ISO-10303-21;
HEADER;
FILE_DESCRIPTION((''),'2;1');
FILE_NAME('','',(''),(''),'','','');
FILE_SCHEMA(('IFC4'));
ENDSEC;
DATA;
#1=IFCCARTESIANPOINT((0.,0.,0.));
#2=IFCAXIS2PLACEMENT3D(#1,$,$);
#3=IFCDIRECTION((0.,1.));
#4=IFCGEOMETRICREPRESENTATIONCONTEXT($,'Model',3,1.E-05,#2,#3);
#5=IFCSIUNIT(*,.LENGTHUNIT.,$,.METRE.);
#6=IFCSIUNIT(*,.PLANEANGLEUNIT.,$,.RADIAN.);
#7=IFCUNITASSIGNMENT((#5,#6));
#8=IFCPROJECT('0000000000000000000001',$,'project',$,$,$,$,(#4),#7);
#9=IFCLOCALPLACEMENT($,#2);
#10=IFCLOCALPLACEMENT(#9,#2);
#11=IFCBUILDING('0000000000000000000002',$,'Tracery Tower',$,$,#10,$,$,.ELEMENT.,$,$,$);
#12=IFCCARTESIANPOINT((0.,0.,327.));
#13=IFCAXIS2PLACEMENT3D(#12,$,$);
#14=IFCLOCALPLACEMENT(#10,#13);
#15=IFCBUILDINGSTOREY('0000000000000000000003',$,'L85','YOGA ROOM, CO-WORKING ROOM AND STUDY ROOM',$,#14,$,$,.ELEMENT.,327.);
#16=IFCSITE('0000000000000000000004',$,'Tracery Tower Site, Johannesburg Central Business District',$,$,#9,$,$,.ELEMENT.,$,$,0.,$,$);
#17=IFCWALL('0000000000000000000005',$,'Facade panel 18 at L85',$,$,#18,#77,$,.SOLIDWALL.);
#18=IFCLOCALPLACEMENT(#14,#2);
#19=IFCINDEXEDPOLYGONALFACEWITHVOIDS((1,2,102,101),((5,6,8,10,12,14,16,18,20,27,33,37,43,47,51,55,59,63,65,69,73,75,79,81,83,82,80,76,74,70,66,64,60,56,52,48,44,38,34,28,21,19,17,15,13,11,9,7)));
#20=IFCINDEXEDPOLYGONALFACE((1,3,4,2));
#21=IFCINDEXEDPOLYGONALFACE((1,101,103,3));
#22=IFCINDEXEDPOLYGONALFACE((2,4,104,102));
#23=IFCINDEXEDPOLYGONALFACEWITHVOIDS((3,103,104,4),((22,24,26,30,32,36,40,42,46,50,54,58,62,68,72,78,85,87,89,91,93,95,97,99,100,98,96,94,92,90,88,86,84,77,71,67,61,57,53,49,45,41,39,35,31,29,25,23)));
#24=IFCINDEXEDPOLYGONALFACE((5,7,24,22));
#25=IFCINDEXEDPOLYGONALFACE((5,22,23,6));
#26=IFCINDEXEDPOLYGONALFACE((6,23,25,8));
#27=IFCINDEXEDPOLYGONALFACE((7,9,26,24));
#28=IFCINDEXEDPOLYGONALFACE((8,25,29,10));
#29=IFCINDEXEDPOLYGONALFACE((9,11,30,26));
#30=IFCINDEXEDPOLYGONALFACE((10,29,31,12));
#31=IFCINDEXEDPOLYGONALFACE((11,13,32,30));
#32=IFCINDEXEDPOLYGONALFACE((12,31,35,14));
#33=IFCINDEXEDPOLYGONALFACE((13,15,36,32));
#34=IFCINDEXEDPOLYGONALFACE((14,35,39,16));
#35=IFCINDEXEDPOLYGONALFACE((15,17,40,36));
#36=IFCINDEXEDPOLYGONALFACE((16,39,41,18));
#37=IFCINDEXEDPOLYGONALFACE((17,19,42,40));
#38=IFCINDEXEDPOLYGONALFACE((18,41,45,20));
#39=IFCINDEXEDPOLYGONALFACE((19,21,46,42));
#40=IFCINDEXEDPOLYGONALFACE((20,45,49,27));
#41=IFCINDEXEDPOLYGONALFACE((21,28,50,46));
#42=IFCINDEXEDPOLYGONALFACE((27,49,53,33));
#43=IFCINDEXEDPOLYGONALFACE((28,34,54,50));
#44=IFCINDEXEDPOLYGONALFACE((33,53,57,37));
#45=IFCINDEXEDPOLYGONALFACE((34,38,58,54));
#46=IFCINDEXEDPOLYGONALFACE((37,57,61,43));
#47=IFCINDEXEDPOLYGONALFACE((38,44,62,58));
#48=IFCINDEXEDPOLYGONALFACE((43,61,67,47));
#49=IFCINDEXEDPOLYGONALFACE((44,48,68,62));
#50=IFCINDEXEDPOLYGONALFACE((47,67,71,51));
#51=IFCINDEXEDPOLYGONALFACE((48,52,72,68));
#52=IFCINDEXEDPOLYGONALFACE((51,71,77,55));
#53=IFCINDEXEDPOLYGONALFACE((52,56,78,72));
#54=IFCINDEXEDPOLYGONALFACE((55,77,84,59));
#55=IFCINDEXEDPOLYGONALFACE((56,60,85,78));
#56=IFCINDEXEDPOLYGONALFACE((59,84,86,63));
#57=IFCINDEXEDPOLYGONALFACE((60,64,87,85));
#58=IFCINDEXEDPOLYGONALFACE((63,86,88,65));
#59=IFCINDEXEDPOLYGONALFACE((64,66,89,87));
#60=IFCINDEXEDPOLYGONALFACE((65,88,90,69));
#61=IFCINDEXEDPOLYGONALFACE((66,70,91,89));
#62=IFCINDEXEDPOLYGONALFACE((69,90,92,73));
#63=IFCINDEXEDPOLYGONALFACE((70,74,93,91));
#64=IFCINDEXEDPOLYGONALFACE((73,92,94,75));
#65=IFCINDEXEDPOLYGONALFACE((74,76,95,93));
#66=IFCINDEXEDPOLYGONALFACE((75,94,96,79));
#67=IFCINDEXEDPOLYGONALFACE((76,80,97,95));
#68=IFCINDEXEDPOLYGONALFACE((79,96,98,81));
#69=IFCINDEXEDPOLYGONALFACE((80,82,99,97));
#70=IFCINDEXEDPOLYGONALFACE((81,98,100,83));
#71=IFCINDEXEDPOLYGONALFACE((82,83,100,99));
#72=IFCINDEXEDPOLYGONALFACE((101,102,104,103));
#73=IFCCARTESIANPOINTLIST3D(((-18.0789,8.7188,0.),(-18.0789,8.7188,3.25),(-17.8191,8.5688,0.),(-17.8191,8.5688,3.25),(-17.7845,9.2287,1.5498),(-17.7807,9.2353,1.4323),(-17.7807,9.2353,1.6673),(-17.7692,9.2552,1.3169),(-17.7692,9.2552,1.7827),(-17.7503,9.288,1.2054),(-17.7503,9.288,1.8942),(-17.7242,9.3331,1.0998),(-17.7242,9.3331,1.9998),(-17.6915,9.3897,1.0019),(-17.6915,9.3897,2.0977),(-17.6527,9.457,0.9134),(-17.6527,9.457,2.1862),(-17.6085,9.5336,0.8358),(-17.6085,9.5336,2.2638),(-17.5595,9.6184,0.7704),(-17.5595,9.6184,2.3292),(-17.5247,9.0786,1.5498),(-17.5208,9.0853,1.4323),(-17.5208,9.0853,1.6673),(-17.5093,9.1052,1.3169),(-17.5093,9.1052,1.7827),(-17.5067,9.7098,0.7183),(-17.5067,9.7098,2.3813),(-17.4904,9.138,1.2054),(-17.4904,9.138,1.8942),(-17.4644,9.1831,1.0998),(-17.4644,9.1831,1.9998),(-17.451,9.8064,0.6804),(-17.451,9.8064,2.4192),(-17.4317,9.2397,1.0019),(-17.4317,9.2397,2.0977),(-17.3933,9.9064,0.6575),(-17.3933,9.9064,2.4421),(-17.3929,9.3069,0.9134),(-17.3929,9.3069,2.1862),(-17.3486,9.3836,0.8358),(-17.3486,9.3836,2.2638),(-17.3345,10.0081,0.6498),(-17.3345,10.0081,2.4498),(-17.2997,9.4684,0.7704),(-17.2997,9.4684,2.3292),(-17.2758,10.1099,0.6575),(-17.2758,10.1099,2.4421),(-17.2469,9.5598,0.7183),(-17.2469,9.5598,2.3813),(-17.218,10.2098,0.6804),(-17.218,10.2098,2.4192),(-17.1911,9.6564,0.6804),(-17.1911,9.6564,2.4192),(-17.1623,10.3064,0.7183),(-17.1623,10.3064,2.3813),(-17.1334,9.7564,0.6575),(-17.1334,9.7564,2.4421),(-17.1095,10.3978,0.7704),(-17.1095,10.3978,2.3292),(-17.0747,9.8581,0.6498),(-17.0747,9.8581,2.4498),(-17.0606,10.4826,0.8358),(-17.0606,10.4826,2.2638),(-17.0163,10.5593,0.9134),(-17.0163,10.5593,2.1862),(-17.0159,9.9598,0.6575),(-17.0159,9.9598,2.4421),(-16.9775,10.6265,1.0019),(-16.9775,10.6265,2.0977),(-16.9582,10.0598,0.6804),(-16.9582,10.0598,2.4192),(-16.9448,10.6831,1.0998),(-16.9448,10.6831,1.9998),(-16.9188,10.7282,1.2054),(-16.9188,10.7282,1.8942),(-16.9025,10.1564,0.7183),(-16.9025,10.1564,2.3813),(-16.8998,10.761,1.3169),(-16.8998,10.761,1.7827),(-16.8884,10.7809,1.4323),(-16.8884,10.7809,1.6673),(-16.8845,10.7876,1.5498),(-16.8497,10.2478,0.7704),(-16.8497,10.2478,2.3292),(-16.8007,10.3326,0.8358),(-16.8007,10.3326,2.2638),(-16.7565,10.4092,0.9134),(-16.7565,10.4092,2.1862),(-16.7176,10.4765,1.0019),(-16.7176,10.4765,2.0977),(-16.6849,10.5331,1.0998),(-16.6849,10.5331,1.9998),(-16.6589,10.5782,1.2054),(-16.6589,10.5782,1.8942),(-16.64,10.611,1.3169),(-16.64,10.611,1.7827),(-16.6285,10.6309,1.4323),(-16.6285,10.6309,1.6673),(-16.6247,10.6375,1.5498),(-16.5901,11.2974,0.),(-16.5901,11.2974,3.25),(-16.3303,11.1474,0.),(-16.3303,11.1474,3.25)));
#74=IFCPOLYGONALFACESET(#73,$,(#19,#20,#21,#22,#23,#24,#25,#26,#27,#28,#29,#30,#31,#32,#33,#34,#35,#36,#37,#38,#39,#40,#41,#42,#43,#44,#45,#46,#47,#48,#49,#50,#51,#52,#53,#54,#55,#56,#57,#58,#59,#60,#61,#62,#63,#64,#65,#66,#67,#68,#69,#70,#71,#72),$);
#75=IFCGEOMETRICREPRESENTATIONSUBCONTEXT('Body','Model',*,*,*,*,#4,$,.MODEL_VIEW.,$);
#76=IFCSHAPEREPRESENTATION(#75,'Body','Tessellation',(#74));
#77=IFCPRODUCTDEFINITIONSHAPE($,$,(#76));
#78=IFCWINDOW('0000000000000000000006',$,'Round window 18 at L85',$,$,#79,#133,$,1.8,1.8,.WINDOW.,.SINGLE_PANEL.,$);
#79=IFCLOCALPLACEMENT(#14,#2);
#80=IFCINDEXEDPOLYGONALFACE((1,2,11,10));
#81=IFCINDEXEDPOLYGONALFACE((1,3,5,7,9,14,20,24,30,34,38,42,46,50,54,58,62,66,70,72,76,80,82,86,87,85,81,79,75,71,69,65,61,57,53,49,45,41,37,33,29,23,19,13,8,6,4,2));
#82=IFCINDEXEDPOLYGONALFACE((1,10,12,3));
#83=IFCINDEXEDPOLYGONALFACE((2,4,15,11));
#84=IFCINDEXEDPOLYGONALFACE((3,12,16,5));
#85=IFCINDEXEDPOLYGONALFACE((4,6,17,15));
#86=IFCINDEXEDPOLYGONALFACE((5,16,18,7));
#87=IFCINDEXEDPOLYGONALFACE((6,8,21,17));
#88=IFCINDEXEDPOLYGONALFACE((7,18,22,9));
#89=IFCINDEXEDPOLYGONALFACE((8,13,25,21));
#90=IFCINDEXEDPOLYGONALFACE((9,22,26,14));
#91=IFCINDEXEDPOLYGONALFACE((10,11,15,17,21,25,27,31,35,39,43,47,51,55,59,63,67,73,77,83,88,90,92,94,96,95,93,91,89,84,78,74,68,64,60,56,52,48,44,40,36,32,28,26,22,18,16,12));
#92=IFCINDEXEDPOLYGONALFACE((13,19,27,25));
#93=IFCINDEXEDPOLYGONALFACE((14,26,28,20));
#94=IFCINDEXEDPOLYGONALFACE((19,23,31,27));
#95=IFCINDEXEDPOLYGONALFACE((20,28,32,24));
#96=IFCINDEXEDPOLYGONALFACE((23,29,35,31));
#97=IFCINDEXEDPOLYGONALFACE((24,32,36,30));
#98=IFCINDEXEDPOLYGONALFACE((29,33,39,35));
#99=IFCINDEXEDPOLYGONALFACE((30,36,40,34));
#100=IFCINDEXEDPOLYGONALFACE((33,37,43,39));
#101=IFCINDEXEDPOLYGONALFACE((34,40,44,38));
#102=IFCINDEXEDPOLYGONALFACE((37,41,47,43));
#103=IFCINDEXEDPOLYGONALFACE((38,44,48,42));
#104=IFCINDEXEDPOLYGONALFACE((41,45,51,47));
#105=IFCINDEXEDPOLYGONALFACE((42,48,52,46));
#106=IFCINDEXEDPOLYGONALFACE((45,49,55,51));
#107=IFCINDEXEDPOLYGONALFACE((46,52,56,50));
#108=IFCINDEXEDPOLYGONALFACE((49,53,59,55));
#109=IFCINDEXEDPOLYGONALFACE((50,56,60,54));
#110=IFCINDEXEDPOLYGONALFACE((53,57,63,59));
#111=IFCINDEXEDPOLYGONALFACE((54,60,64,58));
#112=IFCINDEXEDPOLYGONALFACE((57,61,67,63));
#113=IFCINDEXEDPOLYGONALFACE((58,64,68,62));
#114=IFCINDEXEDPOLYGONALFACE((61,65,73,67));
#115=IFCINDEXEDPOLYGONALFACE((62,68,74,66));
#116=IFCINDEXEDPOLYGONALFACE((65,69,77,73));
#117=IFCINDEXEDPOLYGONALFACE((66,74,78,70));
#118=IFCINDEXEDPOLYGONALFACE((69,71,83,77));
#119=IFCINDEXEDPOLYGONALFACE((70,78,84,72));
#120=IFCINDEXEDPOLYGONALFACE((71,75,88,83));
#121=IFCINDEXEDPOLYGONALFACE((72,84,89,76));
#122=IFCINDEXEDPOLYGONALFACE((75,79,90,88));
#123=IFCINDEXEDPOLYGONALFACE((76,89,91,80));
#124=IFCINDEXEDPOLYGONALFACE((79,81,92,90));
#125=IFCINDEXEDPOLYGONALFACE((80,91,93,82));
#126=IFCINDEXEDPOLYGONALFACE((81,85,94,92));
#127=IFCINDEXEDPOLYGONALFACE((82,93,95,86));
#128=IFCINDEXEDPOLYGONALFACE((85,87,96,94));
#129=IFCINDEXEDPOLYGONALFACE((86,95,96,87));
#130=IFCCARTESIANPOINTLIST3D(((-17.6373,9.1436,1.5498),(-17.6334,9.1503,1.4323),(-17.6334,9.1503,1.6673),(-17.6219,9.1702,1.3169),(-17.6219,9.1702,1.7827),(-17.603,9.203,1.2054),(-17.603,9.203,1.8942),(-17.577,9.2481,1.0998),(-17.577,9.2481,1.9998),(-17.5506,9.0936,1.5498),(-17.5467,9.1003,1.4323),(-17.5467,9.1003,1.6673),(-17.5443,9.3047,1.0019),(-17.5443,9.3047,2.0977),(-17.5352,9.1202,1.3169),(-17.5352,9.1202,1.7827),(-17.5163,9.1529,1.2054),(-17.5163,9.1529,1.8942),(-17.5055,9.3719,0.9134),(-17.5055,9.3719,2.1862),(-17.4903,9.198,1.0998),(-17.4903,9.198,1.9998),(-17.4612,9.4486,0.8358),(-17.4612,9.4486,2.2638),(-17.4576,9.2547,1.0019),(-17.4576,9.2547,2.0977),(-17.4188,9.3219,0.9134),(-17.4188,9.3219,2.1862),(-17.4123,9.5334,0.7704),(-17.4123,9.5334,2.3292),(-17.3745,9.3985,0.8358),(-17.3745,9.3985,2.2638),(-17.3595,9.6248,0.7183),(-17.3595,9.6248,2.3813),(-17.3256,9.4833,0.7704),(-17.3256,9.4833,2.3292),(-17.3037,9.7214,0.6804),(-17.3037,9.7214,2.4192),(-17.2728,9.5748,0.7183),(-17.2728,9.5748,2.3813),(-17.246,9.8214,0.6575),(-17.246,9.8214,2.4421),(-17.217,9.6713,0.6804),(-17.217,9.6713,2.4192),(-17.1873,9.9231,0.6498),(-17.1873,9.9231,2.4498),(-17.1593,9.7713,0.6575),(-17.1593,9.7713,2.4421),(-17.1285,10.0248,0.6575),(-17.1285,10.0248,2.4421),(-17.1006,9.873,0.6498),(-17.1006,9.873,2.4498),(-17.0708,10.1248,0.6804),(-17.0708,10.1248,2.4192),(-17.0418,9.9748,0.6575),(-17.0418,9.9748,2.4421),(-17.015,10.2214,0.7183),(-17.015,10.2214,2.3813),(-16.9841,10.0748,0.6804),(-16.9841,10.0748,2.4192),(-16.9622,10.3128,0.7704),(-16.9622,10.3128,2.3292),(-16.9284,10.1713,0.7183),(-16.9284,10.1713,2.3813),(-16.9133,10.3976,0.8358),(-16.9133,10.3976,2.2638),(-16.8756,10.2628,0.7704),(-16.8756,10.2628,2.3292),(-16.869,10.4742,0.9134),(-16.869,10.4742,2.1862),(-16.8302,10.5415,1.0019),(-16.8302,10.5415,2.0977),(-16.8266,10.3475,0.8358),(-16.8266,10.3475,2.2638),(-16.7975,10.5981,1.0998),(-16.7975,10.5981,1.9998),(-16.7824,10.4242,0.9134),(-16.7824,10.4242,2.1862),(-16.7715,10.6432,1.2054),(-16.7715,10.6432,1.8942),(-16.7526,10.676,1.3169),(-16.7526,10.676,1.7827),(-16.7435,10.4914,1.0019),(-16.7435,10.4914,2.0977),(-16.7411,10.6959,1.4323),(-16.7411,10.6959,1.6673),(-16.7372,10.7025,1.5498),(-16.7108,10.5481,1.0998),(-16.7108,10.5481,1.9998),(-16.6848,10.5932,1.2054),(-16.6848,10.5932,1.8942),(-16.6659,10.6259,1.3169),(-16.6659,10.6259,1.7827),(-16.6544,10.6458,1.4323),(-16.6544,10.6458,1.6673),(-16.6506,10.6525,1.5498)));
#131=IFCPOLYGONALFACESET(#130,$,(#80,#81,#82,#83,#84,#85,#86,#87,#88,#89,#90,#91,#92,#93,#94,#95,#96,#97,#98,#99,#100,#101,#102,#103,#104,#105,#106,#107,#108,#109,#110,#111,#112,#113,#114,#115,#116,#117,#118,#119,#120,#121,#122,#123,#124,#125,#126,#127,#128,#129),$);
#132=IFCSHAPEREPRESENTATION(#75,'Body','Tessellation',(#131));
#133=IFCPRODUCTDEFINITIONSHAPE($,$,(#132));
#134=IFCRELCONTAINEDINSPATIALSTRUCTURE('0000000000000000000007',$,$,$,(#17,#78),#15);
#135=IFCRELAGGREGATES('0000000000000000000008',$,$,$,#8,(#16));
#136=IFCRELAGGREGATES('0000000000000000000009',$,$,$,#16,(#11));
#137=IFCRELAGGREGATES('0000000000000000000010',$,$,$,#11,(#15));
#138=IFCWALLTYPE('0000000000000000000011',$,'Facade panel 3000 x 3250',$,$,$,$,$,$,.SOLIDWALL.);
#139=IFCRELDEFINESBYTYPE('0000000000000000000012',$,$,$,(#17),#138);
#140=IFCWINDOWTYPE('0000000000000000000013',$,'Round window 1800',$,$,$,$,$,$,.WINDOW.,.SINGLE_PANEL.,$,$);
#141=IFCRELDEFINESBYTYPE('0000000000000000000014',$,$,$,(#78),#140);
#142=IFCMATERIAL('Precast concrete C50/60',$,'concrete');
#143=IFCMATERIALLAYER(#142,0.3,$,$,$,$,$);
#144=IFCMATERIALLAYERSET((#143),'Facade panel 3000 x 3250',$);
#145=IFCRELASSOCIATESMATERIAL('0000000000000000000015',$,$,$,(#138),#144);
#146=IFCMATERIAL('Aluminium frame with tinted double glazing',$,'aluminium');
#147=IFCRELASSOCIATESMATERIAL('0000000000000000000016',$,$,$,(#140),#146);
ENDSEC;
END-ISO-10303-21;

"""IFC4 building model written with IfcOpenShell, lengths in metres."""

from ifc_helpers import new_model, si_unit, direction, frame, frame_2d, origin, origin_2d, place, context, subcontext, project, spatial, rectangle, circle, extrude, material, layer, layer_set, type_object, element, fill, save


model = new_model("IFC4")

# Units and contexts
model_context = context("Model", 3, precision=1e-05, world=origin(), true_north=direction((0.0, 1.0)))
body_context = subcontext(model_context, "Body", "Model", "MODEL_VIEW")
ifc_project = project(units=[si_unit("LENGTHUNIT", "METRE"), si_unit("PLANEANGLEUNIT", "RADIAN")], contexts=[model_context])

# Site, building, storey
site_placement = place(None, origin())
site = spatial("IfcSite", under=ifc_project, at=site_placement, Name="Tracery Tower Site, Johannesburg Central Business District", CompositionType="ELEMENT", RefElevation=0.0)
building_placement = place(site_placement, origin())
building = spatial("IfcBuilding", under=site, at=building_placement, Name="Tracery Tower", CompositionType="ELEMENT")
storey_placement = place(building_placement, frame((0.0, 0.0, 327.0)))
storey = spatial("IfcBuildingStorey", under=building, at=storey_placement, Name="L85", Description="YOGA ROOM, CO-WORKING ROOM AND STUDY ROOM", CompositionType="ELEMENT", Elevation=327.0)

# Wall, opening, window
ifc_material_1 = material(Name="Precast concrete C50/60", Category="concrete")
ifc_layer_1 = layer(ifc_material_1, 0.3)
ifc_layer_set_1 = layer_set([ifc_layer_1], Name="Facade panel 3000 x 3250")
wall_type_1 = type_object("IfcWallType", Name="Facade panel 3000 x 3250", PredefinedType="SOLIDWALL", material=ifc_layer_set_1)
ifc_material_2 = material(Name="Aluminium frame with tinted double glazing", Category="aluminium")
window_type = type_object("IfcWindowType", Name="Round window 1800", PartitioningType="SINGLE_PANEL", PredefinedType="WINDOW", material=ifc_material_2)
wall_1_placement = place(storey_placement, frame((-16.4602, 11.2224, 0.0), z_axis=(0.0, 0.0, 1.0), x_axis=(-0.500002, -0.866024, 0.0)))
wall_1 = element("IfcWall", 1, at=wall_1_placement, inside=storey, type_object=wall_type_1, Name="Facade panel 18 at L85", PredefinedType="SOLIDWALL", context=body_context, shape_type="SweptSolid", body=[
    extrude(rectangle(XDim=2.9775, YDim=0.3, at=frame_2d((1.4888, 0.0))), origin(), (0.0, 0.0, 1.0), 3.25),
])
opening_1_placement = place(wall_1_placement, frame((1.4888, 0.0, 1.5498)))
opening_1 = element("IfcOpeningElement", 2, at=opening_1_placement, cuts=wall_1, PredefinedType="OPENING", context=body_context, shape_type="SweptSolid", body=[
    extrude(circle(Radius=0.9, at=origin_2d()), frame((0.0, 0.1599, 0.0), z_axis=(0.0, -1.0, 0.0), x_axis=(1.0, 0.0, 0.0)), (0.0, 0.0, 1.0), 0.3201),
])
window_1_placement = place(opening_1_placement, origin())
window_1 = element("IfcWindow", 3, at=window_1_placement, inside=storey, type_object=window_type, Name="Round window 18 at L85", OverallHeight=1.8, OverallWidth=1.8, PartitioningType="SINGLE_PANEL", PredefinedType="WINDOW", context=body_context, shape_type="SweptSolid", body=[
    extrude(circle(Radius=0.9, at=origin_2d()), frame((0.0, 0.1201, 0.0), z_axis=(0.0, -1.0, 0.0), x_axis=(1.0, 0.0, 0.0)), (0.0, 0.0, 1.0), 0.1001),
])
fill(opening_1, window_1)

save(model, "model.ifc")
